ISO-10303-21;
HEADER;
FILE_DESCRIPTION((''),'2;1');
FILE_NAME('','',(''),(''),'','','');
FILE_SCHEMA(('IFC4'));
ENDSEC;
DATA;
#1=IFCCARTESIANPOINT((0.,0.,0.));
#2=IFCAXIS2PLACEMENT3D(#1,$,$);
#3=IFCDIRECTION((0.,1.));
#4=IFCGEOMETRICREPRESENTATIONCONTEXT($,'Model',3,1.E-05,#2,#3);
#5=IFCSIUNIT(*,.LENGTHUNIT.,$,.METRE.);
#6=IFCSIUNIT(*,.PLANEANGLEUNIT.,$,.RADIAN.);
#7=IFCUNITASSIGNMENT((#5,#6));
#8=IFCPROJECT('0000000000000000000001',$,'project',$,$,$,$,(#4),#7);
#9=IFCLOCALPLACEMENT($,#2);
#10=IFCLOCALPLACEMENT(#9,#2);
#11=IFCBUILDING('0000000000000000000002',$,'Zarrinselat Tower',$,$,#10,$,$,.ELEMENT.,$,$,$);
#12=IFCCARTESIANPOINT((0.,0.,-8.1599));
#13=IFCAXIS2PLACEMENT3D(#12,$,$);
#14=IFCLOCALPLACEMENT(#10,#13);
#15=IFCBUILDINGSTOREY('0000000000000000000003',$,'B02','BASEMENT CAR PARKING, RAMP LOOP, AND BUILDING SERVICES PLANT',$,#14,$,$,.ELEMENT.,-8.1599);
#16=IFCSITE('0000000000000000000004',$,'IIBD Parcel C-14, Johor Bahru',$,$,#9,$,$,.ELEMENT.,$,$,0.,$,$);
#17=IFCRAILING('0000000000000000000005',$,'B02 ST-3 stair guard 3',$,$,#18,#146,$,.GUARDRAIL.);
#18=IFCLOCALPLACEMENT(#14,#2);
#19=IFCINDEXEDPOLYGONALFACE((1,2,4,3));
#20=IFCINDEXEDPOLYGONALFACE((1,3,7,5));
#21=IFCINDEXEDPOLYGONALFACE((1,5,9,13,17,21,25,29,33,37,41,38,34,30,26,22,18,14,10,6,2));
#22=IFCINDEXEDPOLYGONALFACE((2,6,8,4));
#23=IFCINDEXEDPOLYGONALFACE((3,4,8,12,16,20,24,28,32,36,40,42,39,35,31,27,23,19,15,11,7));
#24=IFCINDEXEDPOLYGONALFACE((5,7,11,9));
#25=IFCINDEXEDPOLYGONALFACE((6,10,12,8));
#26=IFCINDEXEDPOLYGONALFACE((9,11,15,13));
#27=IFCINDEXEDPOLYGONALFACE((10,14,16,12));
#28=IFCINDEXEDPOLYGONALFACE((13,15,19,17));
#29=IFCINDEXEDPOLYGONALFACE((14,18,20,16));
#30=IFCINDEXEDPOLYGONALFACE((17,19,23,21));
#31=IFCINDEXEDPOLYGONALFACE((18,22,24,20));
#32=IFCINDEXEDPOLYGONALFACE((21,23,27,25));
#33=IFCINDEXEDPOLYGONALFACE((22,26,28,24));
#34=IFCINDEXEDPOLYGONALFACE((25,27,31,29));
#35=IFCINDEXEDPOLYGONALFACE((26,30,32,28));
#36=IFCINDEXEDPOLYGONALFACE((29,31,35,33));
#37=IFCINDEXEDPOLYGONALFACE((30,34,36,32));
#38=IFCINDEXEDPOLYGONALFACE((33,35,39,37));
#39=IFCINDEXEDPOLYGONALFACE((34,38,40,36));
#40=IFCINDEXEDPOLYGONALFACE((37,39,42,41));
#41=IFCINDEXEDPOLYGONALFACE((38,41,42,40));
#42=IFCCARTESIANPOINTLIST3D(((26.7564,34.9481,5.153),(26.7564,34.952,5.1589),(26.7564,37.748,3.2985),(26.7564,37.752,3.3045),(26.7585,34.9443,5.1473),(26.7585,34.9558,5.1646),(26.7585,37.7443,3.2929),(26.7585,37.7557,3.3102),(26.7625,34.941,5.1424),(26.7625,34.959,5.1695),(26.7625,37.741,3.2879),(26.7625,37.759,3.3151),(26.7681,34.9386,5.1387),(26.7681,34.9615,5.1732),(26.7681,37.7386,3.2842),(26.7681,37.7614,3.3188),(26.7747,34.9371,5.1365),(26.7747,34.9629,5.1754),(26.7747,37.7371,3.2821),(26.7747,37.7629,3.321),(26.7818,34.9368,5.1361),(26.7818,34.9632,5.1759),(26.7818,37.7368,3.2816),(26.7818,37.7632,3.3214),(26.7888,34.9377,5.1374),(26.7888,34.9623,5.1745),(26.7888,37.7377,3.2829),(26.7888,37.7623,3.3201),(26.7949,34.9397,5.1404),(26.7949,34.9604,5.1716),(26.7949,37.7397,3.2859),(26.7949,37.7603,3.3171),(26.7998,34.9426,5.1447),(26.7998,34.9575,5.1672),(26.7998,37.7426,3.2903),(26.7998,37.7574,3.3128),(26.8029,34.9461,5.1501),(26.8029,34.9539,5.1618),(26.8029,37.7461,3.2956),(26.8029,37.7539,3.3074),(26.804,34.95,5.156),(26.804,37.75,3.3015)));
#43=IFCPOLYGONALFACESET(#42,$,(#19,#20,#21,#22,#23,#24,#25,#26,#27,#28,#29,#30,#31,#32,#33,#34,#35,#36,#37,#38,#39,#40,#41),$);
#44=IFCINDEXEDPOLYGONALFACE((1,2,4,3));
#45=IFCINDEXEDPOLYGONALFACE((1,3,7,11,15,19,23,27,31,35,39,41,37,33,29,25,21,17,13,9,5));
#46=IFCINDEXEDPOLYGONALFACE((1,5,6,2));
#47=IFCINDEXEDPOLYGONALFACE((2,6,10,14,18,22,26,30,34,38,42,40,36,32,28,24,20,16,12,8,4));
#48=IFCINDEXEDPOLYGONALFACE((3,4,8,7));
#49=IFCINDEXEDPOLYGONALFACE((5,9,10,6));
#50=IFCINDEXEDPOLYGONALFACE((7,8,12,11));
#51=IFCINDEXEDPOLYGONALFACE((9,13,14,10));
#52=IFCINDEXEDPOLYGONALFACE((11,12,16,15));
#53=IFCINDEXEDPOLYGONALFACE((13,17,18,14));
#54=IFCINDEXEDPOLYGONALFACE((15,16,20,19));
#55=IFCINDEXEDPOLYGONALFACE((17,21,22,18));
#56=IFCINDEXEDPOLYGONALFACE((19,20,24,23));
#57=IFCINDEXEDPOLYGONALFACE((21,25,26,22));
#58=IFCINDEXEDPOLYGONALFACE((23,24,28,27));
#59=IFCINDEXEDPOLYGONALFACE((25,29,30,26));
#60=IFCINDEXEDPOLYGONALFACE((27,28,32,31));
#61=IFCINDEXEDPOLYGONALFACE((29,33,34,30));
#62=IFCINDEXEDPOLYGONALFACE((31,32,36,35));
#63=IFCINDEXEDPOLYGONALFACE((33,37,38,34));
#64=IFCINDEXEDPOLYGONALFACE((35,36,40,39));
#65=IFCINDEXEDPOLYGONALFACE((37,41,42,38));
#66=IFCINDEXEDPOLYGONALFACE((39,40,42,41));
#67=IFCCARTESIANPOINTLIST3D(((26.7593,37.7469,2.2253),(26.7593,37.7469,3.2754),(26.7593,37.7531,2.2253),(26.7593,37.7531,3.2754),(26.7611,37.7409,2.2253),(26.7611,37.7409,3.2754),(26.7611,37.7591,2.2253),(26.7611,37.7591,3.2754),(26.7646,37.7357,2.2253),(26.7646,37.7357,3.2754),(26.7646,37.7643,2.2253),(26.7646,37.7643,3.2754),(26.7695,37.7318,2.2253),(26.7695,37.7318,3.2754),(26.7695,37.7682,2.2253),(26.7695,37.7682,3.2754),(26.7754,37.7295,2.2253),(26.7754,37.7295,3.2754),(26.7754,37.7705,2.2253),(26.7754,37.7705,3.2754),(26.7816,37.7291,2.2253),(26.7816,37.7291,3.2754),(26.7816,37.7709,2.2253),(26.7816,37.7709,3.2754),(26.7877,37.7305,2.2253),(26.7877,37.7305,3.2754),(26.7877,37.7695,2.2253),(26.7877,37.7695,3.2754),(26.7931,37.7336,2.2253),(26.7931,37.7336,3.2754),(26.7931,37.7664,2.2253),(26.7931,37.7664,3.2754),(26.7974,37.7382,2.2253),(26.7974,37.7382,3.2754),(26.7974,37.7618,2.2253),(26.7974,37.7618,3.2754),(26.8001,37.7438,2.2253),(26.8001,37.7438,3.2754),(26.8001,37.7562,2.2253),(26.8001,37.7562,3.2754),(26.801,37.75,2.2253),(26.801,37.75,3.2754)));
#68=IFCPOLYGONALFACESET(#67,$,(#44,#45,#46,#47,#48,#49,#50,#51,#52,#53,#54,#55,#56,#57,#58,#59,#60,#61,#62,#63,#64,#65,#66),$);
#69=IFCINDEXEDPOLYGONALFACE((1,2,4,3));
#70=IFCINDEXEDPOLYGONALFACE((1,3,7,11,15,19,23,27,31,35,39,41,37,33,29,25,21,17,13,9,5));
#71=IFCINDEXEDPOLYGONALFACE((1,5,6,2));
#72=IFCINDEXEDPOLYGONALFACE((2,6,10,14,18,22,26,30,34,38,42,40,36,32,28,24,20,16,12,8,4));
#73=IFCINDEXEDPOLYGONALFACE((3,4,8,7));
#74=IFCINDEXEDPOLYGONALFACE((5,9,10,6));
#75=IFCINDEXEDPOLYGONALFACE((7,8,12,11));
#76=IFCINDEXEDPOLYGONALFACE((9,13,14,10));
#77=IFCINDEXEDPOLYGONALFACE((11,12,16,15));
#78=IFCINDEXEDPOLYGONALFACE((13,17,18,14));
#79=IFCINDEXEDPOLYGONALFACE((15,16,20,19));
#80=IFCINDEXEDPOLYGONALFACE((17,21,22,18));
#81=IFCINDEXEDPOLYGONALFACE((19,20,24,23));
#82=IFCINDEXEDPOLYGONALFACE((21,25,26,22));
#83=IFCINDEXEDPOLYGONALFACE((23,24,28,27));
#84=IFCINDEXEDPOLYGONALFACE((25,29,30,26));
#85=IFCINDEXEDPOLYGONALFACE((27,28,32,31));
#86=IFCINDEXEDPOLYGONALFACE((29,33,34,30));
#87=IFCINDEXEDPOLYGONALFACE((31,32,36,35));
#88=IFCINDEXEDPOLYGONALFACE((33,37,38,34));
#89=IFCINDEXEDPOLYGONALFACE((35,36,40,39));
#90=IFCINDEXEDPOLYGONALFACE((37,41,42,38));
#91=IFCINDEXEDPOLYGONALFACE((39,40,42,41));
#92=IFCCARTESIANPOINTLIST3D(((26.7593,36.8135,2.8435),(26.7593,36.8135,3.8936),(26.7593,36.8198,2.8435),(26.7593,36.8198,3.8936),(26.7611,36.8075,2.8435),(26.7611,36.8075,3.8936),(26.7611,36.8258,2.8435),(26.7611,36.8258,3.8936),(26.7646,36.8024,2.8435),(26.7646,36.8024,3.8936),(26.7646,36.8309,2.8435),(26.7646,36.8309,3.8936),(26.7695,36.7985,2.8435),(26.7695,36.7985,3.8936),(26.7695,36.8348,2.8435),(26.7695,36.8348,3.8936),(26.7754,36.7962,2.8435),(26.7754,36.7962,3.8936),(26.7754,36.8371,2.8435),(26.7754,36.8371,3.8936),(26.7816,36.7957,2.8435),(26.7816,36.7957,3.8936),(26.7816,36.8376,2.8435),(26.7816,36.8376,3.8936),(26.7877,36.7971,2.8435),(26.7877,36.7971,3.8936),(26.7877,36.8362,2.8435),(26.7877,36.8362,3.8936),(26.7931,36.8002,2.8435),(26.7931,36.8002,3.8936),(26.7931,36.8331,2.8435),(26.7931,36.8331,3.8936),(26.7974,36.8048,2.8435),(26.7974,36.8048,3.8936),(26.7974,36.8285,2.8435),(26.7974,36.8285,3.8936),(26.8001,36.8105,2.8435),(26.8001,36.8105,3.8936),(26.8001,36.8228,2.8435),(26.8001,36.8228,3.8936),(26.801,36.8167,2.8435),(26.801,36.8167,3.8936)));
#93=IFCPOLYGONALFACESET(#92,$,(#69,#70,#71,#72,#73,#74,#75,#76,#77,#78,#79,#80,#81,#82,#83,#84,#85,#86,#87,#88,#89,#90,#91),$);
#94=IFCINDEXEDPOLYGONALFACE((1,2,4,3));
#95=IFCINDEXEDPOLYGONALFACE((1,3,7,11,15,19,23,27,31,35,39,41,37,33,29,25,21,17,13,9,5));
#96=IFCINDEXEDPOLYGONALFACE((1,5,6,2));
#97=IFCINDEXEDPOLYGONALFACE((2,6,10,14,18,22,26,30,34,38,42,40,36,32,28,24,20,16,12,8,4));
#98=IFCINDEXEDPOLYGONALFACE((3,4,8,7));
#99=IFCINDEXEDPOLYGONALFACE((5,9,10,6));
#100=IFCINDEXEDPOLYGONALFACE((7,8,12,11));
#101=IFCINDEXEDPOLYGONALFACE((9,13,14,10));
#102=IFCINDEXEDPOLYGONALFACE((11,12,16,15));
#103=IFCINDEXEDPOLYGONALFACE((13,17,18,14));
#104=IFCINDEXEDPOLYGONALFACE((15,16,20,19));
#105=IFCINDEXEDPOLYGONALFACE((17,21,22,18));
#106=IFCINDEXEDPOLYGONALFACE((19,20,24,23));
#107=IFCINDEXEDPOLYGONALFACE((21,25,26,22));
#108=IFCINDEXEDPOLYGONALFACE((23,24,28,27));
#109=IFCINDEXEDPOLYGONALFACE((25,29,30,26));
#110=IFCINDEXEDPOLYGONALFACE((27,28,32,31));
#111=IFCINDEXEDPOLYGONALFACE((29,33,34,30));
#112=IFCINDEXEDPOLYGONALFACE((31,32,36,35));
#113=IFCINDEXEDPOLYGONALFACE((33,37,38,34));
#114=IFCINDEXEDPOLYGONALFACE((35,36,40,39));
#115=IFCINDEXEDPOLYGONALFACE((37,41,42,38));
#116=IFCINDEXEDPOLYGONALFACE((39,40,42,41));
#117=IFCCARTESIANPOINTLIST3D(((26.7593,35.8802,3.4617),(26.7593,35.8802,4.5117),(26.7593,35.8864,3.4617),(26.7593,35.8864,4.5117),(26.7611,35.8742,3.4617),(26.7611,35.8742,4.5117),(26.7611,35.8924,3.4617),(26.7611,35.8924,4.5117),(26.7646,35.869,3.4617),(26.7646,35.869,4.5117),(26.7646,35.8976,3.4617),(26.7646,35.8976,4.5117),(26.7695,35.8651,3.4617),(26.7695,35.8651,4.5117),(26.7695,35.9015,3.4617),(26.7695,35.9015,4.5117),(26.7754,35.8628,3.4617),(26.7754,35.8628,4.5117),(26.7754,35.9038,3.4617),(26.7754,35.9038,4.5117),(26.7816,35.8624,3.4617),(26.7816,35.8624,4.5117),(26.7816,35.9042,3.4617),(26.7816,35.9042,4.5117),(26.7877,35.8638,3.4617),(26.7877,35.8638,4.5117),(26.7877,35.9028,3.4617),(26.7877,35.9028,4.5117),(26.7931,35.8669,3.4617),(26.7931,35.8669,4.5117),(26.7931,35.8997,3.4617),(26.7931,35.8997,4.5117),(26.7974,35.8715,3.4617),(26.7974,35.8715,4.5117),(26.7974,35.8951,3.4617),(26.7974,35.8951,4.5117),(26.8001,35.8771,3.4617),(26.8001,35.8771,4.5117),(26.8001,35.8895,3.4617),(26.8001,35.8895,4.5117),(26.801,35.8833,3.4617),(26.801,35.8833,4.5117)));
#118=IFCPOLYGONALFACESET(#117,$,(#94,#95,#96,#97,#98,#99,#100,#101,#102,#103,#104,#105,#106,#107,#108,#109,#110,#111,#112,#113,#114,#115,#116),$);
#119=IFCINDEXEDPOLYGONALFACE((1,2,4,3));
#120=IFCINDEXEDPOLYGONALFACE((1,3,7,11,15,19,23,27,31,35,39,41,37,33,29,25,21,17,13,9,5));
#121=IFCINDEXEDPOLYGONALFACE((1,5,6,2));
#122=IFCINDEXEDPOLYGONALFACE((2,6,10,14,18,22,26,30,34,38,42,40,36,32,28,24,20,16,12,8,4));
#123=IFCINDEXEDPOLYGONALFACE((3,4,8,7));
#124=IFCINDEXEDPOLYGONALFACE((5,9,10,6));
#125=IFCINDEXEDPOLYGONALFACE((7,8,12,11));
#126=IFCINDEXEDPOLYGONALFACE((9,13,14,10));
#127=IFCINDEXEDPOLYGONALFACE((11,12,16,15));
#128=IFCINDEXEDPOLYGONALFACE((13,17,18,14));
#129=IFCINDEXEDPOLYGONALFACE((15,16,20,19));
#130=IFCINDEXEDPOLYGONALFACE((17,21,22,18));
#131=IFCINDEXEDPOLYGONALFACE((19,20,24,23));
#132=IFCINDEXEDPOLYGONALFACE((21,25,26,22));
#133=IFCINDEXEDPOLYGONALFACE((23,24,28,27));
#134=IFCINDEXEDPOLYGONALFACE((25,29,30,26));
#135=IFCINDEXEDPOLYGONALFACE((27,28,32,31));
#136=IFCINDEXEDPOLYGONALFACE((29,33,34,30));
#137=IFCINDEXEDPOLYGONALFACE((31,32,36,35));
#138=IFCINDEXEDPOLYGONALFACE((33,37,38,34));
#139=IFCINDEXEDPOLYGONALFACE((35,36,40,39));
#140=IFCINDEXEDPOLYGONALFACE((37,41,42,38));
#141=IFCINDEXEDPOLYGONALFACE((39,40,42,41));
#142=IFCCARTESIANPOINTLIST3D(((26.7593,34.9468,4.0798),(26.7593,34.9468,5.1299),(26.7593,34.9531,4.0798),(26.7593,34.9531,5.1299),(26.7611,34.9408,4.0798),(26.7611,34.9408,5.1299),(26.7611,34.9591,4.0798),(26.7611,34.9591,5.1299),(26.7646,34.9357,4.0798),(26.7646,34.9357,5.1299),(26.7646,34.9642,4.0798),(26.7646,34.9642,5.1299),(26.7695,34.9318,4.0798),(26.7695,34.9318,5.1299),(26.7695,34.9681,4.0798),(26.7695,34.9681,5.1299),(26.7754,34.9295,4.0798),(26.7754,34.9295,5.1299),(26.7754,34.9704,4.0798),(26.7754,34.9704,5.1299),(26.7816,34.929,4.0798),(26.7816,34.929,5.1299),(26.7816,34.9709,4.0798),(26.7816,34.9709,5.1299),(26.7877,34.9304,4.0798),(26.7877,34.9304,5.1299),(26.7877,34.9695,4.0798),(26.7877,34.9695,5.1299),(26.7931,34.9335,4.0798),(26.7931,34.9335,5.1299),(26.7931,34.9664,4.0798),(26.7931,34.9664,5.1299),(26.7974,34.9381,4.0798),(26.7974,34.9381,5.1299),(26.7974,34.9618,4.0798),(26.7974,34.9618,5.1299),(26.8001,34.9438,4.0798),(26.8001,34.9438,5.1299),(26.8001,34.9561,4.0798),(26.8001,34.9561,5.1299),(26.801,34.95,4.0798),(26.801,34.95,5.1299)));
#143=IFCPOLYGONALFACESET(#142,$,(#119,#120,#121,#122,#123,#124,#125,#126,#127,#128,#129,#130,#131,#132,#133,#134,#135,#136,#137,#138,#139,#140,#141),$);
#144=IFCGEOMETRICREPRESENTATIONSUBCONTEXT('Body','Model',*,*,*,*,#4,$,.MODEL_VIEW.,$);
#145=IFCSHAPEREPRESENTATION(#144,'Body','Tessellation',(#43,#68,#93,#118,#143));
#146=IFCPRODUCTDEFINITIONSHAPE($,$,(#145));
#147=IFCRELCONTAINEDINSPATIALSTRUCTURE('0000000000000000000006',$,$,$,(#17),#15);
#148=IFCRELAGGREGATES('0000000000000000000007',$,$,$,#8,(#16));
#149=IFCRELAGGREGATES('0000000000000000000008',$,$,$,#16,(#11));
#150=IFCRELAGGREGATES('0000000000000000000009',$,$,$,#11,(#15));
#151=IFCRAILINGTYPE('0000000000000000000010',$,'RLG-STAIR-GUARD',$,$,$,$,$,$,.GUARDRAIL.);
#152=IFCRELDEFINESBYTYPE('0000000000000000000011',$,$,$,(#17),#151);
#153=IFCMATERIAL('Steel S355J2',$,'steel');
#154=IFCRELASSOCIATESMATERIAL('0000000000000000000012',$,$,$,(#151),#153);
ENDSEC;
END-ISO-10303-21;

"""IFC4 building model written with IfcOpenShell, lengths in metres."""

from ifc_helpers import new_model, si_unit, direction, frame, origin, origin_2d, place, context, subcontext, project, spatial, circle, extrude, material, type_object, element, save


model = new_model("IFC4")

# Units and contexts
model_context = context("Model", 3, precision=1e-05, world=origin(), true_north=direction((0.0, 1.0)))
body_context = subcontext(model_context, "Body", "Model", "MODEL_VIEW")
ifc_project = project(units=[si_unit("LENGTHUNIT", "METRE"), si_unit("PLANEANGLEUNIT", "RADIAN")], contexts=[model_context])

# Site, building, storey
site_placement = place(None, origin())
site = spatial("IfcSite", under=ifc_project, at=site_placement, Name="IIBD Parcel C-14, Johor Bahru", CompositionType="ELEMENT", RefElevation=0.0)
building_placement = place(site_placement, origin())
building = spatial("IfcBuilding", under=site, at=building_placement, Name="Zarrinselat Tower", CompositionType="ELEMENT")
storey_placement = place(building_placement, frame((0.0, 0.0, -8.1599)))
storey = spatial("IfcBuildingStorey", under=building, at=storey_placement, Name="B02", Description="BASEMENT CAR PARKING, RAMP LOOP, AND BUILDING SERVICES PLANT", CompositionType="ELEMENT", Elevation=-8.1599)

# Railing
ifc_material_1 = material(Name="Steel S355J2", Category="steel")
railing_type_1 = type_object("IfcRailingType", Name="RLG-STAIR-GUARD", PredefinedType="GUARDRAIL", material=ifc_material_1)
railing_1_placement = place(storey_placement, frame((26.78, 37.75, 2.2253)))
element("IfcRailing", 1, at=railing_1_placement, inside=storey, type_object=railing_type_1, Name="B02 ST-3 stair guard 3", PredefinedType="GUARDRAIL", context=body_context, shape_type="SweptSolid", body=[
    extrude(circle(Radius=0.0239, at=origin_2d()), frame((0.0, 0.0, 1.0762), z_axis=(0.0, -0.833724, 0.552181), x_axis=(1.0, 0.0, 0.0)), (0.0, 0.0, 1.0), 3.3584),
    extrude(circle(Radius=0.021, at=origin_2d()), origin(), (0.0, 0.0, 1.0), 1.05),
    extrude(circle(Radius=0.021, at=origin_2d()), frame((0.0, -0.9333, 0.6182)), (0.0, 0.0, 1.0), 1.05),
    extrude(circle(Radius=0.021, at=origin_2d()), frame((0.0, -1.8667, 1.2363)), (0.0, 0.0, 1.0), 1.05),
    extrude(circle(Radius=0.021, at=origin_2d()), frame((0.0, -2.8, 1.8545)), (0.0, 0.0, 1.0), 1.05),
])

save(model, "model.ifc")
